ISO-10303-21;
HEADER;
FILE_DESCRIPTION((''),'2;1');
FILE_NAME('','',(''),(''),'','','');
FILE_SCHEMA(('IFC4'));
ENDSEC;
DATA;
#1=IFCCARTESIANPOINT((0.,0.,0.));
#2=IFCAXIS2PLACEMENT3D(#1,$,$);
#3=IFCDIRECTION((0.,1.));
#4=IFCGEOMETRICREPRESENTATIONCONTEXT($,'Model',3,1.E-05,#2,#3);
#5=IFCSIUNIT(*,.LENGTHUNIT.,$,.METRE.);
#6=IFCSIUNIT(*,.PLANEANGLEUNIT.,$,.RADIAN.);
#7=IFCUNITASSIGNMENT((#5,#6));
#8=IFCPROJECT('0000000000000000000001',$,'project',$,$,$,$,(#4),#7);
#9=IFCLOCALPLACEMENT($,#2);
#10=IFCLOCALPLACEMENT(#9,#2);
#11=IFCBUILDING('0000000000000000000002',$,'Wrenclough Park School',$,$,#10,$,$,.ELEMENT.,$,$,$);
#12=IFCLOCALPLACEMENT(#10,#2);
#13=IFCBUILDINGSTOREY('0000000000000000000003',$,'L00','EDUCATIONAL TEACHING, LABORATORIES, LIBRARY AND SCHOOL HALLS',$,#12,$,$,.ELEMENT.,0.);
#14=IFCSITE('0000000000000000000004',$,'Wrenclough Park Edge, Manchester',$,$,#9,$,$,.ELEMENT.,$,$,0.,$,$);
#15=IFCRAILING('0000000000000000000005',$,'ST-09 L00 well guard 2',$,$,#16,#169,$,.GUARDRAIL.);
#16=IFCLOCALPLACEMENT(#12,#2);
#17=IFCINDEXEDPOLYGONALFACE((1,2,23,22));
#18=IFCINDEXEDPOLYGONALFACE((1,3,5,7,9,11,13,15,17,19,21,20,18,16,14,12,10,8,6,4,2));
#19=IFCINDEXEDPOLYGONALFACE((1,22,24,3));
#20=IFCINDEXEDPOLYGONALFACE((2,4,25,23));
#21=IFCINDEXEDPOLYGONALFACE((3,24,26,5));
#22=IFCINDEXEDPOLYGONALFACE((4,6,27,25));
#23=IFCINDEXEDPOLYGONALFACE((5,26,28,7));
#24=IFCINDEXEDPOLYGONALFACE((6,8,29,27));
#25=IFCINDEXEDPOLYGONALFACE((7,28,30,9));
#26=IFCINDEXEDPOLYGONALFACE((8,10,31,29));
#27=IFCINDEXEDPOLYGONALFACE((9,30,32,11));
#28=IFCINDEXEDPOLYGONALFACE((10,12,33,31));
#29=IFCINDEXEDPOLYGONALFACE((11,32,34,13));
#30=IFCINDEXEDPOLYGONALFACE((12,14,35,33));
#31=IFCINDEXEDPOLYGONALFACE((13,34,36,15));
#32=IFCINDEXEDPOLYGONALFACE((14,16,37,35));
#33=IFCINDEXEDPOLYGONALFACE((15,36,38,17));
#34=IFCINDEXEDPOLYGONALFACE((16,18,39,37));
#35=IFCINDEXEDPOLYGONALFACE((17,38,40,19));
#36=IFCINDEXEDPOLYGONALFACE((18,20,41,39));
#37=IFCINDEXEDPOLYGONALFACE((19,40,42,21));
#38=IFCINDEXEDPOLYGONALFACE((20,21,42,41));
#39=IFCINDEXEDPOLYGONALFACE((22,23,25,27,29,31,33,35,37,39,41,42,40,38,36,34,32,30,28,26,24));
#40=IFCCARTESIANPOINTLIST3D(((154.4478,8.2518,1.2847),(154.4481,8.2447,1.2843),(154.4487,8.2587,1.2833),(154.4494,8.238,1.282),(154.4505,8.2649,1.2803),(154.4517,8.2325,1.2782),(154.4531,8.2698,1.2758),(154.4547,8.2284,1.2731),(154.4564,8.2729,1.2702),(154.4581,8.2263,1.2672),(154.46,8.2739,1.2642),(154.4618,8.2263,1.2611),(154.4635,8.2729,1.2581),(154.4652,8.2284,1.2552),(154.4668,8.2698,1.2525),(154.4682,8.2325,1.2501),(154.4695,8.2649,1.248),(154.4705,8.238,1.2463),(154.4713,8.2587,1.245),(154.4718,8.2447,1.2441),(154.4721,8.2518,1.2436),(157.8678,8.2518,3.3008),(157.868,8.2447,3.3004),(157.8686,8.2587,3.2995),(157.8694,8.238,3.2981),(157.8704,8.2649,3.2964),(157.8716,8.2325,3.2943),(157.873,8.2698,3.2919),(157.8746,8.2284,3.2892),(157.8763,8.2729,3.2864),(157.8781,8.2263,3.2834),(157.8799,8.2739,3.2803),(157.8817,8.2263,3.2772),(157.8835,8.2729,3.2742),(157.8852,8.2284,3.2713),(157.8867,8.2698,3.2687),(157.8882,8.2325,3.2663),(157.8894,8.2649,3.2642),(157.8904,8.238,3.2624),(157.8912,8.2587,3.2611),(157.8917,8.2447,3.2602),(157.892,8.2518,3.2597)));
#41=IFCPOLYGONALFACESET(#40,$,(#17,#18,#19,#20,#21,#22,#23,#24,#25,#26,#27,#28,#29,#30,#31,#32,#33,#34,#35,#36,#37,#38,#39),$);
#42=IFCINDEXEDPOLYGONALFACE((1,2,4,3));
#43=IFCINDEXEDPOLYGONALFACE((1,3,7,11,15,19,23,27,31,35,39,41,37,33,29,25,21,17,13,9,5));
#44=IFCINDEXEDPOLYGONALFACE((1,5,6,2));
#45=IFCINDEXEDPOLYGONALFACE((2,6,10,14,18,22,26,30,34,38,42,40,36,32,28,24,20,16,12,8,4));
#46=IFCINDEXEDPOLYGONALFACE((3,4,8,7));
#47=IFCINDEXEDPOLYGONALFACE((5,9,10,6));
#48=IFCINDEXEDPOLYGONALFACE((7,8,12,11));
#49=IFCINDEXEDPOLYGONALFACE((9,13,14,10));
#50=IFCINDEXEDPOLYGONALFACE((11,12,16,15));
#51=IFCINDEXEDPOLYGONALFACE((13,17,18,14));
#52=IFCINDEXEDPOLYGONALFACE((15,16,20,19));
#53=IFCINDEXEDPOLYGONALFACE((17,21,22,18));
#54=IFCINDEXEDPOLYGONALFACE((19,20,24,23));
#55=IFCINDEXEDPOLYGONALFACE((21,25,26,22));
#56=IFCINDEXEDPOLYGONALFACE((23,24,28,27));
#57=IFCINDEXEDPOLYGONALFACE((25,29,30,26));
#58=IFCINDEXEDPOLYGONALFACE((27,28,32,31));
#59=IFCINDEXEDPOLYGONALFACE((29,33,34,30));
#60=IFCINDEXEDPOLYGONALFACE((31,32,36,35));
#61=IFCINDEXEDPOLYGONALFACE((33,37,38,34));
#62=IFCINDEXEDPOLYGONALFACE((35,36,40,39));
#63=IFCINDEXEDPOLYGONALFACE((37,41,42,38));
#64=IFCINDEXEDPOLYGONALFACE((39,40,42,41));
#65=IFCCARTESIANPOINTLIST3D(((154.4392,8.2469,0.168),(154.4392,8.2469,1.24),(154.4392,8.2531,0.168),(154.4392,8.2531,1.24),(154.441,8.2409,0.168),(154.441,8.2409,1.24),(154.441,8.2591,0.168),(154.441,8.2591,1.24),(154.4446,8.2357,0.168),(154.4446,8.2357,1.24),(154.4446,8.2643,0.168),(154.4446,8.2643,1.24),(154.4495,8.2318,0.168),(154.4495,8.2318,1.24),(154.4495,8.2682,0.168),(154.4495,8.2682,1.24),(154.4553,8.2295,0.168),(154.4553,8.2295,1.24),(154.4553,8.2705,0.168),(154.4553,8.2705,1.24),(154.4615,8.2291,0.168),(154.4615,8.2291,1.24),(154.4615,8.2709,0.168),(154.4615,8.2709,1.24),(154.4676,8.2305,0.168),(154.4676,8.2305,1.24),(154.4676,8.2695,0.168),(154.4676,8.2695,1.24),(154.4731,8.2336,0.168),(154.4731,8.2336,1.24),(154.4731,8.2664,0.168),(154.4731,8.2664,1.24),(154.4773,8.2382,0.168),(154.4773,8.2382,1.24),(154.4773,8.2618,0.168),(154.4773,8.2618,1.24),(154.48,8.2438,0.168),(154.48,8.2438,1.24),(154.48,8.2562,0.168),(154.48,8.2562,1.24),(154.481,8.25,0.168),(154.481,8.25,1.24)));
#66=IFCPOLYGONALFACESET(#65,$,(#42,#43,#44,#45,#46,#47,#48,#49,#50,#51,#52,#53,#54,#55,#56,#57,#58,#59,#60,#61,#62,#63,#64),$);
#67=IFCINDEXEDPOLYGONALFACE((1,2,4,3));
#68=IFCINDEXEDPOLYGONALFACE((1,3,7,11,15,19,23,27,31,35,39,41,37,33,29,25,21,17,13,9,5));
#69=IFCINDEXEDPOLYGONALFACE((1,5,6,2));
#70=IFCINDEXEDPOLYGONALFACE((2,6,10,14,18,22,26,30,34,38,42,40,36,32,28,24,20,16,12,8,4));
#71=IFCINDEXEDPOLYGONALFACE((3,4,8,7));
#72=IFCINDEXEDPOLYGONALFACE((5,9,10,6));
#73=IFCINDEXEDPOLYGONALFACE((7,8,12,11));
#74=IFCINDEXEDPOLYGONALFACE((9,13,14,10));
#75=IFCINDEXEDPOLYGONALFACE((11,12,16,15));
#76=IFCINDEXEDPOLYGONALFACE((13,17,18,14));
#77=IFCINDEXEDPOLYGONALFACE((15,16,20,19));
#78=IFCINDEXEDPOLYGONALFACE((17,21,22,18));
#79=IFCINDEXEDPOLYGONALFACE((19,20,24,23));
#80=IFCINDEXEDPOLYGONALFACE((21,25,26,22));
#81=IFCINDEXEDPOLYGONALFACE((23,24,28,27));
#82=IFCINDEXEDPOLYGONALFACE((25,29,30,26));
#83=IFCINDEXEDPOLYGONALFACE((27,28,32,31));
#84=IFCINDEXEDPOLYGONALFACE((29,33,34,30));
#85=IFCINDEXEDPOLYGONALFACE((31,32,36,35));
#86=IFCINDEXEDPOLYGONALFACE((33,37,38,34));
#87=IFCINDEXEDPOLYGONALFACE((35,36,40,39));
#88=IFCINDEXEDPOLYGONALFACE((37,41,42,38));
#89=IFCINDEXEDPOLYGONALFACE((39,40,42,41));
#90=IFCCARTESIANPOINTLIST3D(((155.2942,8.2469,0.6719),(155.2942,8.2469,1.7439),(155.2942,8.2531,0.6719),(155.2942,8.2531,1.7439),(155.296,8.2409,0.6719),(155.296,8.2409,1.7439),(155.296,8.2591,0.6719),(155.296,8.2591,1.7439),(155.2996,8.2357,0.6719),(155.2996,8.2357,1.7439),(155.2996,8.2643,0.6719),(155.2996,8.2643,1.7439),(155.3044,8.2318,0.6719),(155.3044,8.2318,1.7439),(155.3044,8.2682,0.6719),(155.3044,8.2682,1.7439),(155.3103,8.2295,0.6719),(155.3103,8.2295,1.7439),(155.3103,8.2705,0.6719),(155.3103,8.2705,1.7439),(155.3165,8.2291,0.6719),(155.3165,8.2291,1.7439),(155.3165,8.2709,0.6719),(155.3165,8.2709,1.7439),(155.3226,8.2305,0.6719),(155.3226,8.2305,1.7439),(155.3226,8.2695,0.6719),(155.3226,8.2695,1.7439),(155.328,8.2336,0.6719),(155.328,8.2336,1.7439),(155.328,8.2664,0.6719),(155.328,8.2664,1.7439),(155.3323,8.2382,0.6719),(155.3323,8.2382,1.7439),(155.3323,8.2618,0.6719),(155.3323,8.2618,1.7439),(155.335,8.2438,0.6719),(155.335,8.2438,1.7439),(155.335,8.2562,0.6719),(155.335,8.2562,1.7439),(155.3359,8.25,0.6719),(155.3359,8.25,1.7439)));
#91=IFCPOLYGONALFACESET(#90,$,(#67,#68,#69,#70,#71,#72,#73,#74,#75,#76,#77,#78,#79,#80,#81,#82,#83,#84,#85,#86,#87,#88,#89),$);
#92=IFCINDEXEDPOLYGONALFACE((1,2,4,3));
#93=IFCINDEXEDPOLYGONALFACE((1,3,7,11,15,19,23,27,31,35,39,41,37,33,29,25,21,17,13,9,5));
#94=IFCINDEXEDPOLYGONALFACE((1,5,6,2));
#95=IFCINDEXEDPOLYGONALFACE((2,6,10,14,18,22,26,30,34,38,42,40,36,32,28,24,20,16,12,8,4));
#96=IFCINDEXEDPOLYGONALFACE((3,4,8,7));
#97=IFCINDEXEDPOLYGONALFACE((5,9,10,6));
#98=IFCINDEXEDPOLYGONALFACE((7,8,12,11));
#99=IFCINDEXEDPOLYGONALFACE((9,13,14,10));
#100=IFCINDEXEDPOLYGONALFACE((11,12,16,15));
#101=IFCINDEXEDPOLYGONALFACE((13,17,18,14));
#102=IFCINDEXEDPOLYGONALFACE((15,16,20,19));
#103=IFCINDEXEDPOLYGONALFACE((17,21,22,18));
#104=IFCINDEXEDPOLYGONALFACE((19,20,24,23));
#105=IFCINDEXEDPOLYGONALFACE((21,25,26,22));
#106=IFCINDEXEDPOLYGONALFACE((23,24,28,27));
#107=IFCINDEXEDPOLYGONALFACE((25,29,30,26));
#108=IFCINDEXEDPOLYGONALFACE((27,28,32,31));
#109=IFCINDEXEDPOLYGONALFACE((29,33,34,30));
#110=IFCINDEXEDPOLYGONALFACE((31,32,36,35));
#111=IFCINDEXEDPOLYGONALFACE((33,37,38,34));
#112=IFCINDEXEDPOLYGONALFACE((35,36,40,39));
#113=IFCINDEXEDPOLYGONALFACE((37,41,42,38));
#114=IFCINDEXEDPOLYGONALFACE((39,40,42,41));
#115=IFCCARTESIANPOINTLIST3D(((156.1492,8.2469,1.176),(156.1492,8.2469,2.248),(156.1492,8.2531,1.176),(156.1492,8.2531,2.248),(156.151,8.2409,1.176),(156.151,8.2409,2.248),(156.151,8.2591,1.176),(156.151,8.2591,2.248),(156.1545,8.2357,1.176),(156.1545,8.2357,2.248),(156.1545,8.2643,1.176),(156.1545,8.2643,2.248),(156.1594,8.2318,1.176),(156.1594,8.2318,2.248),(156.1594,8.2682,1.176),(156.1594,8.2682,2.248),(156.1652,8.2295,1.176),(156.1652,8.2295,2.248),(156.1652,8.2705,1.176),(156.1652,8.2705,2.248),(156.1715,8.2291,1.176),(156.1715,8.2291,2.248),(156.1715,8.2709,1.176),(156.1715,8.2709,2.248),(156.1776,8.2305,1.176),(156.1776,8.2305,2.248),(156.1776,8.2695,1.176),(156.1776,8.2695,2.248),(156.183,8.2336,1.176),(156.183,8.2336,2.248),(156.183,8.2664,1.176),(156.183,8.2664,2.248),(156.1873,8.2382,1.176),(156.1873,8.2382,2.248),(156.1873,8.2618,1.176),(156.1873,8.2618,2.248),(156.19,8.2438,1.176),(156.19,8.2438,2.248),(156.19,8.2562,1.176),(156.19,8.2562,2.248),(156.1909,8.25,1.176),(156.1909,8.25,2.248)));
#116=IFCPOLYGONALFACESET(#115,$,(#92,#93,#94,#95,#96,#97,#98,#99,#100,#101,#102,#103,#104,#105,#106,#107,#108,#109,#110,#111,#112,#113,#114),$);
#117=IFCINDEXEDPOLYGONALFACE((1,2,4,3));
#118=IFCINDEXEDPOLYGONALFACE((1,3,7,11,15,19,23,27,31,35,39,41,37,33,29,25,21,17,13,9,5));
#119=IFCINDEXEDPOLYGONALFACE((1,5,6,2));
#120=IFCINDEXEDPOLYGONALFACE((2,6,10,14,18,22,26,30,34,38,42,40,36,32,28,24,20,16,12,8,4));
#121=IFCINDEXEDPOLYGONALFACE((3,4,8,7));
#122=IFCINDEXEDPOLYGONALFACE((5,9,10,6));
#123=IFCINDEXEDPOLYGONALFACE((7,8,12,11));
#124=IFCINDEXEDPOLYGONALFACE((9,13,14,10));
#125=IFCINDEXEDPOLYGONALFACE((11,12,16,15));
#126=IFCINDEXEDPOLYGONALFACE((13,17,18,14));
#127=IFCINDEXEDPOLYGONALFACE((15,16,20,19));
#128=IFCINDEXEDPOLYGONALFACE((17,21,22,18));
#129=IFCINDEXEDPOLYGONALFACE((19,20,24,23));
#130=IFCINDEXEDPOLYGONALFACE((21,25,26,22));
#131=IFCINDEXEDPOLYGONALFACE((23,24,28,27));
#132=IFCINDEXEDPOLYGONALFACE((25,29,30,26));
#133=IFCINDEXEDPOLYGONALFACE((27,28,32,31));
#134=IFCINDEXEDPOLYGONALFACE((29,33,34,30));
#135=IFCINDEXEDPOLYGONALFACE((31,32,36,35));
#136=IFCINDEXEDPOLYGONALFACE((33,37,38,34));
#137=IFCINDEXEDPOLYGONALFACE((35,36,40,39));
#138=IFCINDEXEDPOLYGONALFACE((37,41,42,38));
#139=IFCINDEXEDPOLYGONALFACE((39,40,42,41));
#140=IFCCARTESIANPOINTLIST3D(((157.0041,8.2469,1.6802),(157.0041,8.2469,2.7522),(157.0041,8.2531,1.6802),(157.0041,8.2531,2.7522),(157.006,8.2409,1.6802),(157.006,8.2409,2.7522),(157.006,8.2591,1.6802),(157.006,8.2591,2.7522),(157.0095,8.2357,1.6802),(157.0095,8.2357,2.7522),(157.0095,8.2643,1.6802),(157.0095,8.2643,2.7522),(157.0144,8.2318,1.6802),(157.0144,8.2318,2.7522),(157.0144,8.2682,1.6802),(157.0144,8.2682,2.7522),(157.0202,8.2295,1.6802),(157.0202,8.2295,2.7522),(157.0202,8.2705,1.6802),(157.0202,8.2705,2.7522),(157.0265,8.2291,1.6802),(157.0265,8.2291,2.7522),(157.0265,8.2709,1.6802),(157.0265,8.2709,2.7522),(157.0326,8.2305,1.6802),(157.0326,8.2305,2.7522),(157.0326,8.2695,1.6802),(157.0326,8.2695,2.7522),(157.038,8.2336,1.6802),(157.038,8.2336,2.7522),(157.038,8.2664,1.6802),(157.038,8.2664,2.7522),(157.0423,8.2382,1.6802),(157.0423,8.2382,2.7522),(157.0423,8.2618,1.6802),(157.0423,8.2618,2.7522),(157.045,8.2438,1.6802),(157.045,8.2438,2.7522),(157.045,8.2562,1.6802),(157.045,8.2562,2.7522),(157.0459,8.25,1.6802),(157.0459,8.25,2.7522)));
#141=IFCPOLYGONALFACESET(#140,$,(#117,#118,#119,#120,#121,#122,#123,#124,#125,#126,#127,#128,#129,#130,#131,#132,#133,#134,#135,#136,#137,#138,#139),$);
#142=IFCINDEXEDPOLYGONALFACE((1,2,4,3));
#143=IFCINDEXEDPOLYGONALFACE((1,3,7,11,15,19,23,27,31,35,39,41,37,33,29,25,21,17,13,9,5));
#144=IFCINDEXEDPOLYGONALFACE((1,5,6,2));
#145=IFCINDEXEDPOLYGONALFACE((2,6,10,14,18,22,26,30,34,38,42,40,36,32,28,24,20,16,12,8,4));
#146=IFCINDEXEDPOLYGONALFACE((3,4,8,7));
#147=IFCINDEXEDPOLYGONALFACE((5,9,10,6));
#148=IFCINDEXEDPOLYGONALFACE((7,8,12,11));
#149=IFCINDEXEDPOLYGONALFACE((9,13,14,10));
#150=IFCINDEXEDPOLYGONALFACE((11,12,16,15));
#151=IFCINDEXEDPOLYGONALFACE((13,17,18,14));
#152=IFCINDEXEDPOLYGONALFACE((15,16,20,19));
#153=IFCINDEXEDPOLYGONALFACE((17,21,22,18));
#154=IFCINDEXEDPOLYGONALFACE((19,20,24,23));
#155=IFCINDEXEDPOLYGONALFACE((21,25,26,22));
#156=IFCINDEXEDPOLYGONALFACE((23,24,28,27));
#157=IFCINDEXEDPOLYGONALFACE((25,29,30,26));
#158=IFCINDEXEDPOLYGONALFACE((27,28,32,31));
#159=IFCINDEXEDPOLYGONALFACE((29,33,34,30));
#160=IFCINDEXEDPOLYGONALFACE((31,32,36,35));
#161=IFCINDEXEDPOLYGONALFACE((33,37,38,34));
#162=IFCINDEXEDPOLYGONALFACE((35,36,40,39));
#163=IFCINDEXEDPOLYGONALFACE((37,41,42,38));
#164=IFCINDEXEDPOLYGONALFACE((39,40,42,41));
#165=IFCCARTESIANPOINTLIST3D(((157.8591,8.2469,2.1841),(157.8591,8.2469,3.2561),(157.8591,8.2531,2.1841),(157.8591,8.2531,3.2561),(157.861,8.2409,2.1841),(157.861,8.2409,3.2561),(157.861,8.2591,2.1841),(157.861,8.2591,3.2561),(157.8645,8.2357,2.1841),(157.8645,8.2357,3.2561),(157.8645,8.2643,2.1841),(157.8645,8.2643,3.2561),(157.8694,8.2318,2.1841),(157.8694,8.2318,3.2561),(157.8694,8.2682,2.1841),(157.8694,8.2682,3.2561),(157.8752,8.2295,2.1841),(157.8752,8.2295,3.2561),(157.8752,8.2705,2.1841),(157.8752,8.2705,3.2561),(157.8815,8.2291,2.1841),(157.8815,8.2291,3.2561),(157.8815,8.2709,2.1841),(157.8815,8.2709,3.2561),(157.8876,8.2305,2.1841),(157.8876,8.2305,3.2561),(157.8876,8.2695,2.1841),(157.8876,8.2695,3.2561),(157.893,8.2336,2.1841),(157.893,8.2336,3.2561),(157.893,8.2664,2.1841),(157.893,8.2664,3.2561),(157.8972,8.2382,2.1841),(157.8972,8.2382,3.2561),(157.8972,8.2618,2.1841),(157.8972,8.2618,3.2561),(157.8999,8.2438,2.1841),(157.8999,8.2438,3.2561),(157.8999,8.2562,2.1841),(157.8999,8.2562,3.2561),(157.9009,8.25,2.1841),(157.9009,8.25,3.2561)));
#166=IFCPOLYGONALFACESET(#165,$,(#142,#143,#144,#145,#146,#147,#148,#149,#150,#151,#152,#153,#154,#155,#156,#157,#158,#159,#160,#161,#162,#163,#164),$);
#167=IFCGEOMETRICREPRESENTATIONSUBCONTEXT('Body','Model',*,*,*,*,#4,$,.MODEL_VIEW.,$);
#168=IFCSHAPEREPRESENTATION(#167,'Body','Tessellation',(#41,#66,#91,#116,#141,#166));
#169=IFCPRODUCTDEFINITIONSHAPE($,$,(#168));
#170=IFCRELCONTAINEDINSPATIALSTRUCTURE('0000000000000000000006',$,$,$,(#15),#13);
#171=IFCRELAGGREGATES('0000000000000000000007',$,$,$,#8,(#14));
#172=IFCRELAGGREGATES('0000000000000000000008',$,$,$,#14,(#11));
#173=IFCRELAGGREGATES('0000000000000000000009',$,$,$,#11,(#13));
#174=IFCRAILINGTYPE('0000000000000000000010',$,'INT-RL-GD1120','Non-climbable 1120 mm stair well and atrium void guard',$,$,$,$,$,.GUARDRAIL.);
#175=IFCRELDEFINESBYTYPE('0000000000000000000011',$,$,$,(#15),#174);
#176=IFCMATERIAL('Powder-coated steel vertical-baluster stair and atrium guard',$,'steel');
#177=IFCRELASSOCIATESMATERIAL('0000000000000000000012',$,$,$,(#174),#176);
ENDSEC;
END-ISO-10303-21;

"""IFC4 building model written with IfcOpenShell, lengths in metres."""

from ifc_helpers import new_model, si_unit, direction, frame, origin, origin_2d, place, context, subcontext, project, spatial, circle, extrude, material, type_object, element, save


model = new_model("IFC4")

# Units and contexts
model_context = context("Model", 3, precision=1e-05, world=origin(), true_north=direction((0.0, 1.0)))
body_context = subcontext(model_context, "Body", "Model", "MODEL_VIEW")
ifc_project = project(units=[si_unit("LENGTHUNIT", "METRE"), si_unit("PLANEANGLEUNIT", "RADIAN")], contexts=[model_context])

# Site, building, storey
site_placement = place(None, origin())
site = spatial("IfcSite", under=ifc_project, at=site_placement, Name="Wrenclough Park Edge, Manchester", CompositionType="ELEMENT", RefElevation=0.0)
building_placement = place(site_placement, origin())
building = spatial("IfcBuilding", under=site, at=building_placement, Name="Wrenclough Park School", CompositionType="ELEMENT")
storey_placement = place(building_placement, origin())
storey = spatial("IfcBuildingStorey", under=building, at=storey_placement, Name="L00", Description="EDUCATIONAL TEACHING, LABORATORIES, LIBRARY AND SCHOOL HALLS", CompositionType="ELEMENT", Elevation=0.0)

# Railing
ifc_material_1 = material(Name="Powder-coated steel vertical-baluster stair and atrium guard", Category="steel")
railing_type_1 = type_object("IfcRailingType", Name="INT-RL-GD1120", Description="Non-climbable 1120 mm stair well and atrium void guard", PredefinedType="GUARDRAIL", material=ifc_material_1)
railing_1_placement = place(storey_placement, frame((154.46, 8.25, 0.168)))
element("IfcRailing", 1, at=railing_1_placement, inside=storey, type_object=railing_type_1, Name="ST-09 L00 well guard 2", PredefinedType="GUARDRAIL", context=body_context, shape_type="SweptSolid", body=[
    extrude(circle(Radius=0.0239, at=origin_2d()), frame((0.0, 0.0, 1.0962), z_axis=(0.86145, 0.0, 0.507842), x_axis=(0.0, 1.0, 0.0)), (0.0, 0.0, 1.0), 3.97),
    extrude(circle(Radius=0.021, at=origin_2d()), origin(), (0.0, 0.0, 1.0), 1.072),
    extrude(circle(Radius=0.021, at=origin_2d()), frame((0.855, 0.0, 0.5039)), (0.0, 0.0, 1.0), 1.072),
    extrude(circle(Radius=0.021, at=origin_2d()), frame((1.71, 0.0, 1.0081)), (0.0, 0.0, 1.0), 1.072),
    extrude(circle(Radius=0.021, at=origin_2d()), frame((2.5649, 0.0, 1.5122)), (0.0, 0.0, 1.0), 1.072),
    extrude(circle(Radius=0.021, at=origin_2d()), frame((3.4199, 0.0, 2.0161)), (0.0, 0.0, 1.0), 1.072),
])

save(model, "model.ifc")
